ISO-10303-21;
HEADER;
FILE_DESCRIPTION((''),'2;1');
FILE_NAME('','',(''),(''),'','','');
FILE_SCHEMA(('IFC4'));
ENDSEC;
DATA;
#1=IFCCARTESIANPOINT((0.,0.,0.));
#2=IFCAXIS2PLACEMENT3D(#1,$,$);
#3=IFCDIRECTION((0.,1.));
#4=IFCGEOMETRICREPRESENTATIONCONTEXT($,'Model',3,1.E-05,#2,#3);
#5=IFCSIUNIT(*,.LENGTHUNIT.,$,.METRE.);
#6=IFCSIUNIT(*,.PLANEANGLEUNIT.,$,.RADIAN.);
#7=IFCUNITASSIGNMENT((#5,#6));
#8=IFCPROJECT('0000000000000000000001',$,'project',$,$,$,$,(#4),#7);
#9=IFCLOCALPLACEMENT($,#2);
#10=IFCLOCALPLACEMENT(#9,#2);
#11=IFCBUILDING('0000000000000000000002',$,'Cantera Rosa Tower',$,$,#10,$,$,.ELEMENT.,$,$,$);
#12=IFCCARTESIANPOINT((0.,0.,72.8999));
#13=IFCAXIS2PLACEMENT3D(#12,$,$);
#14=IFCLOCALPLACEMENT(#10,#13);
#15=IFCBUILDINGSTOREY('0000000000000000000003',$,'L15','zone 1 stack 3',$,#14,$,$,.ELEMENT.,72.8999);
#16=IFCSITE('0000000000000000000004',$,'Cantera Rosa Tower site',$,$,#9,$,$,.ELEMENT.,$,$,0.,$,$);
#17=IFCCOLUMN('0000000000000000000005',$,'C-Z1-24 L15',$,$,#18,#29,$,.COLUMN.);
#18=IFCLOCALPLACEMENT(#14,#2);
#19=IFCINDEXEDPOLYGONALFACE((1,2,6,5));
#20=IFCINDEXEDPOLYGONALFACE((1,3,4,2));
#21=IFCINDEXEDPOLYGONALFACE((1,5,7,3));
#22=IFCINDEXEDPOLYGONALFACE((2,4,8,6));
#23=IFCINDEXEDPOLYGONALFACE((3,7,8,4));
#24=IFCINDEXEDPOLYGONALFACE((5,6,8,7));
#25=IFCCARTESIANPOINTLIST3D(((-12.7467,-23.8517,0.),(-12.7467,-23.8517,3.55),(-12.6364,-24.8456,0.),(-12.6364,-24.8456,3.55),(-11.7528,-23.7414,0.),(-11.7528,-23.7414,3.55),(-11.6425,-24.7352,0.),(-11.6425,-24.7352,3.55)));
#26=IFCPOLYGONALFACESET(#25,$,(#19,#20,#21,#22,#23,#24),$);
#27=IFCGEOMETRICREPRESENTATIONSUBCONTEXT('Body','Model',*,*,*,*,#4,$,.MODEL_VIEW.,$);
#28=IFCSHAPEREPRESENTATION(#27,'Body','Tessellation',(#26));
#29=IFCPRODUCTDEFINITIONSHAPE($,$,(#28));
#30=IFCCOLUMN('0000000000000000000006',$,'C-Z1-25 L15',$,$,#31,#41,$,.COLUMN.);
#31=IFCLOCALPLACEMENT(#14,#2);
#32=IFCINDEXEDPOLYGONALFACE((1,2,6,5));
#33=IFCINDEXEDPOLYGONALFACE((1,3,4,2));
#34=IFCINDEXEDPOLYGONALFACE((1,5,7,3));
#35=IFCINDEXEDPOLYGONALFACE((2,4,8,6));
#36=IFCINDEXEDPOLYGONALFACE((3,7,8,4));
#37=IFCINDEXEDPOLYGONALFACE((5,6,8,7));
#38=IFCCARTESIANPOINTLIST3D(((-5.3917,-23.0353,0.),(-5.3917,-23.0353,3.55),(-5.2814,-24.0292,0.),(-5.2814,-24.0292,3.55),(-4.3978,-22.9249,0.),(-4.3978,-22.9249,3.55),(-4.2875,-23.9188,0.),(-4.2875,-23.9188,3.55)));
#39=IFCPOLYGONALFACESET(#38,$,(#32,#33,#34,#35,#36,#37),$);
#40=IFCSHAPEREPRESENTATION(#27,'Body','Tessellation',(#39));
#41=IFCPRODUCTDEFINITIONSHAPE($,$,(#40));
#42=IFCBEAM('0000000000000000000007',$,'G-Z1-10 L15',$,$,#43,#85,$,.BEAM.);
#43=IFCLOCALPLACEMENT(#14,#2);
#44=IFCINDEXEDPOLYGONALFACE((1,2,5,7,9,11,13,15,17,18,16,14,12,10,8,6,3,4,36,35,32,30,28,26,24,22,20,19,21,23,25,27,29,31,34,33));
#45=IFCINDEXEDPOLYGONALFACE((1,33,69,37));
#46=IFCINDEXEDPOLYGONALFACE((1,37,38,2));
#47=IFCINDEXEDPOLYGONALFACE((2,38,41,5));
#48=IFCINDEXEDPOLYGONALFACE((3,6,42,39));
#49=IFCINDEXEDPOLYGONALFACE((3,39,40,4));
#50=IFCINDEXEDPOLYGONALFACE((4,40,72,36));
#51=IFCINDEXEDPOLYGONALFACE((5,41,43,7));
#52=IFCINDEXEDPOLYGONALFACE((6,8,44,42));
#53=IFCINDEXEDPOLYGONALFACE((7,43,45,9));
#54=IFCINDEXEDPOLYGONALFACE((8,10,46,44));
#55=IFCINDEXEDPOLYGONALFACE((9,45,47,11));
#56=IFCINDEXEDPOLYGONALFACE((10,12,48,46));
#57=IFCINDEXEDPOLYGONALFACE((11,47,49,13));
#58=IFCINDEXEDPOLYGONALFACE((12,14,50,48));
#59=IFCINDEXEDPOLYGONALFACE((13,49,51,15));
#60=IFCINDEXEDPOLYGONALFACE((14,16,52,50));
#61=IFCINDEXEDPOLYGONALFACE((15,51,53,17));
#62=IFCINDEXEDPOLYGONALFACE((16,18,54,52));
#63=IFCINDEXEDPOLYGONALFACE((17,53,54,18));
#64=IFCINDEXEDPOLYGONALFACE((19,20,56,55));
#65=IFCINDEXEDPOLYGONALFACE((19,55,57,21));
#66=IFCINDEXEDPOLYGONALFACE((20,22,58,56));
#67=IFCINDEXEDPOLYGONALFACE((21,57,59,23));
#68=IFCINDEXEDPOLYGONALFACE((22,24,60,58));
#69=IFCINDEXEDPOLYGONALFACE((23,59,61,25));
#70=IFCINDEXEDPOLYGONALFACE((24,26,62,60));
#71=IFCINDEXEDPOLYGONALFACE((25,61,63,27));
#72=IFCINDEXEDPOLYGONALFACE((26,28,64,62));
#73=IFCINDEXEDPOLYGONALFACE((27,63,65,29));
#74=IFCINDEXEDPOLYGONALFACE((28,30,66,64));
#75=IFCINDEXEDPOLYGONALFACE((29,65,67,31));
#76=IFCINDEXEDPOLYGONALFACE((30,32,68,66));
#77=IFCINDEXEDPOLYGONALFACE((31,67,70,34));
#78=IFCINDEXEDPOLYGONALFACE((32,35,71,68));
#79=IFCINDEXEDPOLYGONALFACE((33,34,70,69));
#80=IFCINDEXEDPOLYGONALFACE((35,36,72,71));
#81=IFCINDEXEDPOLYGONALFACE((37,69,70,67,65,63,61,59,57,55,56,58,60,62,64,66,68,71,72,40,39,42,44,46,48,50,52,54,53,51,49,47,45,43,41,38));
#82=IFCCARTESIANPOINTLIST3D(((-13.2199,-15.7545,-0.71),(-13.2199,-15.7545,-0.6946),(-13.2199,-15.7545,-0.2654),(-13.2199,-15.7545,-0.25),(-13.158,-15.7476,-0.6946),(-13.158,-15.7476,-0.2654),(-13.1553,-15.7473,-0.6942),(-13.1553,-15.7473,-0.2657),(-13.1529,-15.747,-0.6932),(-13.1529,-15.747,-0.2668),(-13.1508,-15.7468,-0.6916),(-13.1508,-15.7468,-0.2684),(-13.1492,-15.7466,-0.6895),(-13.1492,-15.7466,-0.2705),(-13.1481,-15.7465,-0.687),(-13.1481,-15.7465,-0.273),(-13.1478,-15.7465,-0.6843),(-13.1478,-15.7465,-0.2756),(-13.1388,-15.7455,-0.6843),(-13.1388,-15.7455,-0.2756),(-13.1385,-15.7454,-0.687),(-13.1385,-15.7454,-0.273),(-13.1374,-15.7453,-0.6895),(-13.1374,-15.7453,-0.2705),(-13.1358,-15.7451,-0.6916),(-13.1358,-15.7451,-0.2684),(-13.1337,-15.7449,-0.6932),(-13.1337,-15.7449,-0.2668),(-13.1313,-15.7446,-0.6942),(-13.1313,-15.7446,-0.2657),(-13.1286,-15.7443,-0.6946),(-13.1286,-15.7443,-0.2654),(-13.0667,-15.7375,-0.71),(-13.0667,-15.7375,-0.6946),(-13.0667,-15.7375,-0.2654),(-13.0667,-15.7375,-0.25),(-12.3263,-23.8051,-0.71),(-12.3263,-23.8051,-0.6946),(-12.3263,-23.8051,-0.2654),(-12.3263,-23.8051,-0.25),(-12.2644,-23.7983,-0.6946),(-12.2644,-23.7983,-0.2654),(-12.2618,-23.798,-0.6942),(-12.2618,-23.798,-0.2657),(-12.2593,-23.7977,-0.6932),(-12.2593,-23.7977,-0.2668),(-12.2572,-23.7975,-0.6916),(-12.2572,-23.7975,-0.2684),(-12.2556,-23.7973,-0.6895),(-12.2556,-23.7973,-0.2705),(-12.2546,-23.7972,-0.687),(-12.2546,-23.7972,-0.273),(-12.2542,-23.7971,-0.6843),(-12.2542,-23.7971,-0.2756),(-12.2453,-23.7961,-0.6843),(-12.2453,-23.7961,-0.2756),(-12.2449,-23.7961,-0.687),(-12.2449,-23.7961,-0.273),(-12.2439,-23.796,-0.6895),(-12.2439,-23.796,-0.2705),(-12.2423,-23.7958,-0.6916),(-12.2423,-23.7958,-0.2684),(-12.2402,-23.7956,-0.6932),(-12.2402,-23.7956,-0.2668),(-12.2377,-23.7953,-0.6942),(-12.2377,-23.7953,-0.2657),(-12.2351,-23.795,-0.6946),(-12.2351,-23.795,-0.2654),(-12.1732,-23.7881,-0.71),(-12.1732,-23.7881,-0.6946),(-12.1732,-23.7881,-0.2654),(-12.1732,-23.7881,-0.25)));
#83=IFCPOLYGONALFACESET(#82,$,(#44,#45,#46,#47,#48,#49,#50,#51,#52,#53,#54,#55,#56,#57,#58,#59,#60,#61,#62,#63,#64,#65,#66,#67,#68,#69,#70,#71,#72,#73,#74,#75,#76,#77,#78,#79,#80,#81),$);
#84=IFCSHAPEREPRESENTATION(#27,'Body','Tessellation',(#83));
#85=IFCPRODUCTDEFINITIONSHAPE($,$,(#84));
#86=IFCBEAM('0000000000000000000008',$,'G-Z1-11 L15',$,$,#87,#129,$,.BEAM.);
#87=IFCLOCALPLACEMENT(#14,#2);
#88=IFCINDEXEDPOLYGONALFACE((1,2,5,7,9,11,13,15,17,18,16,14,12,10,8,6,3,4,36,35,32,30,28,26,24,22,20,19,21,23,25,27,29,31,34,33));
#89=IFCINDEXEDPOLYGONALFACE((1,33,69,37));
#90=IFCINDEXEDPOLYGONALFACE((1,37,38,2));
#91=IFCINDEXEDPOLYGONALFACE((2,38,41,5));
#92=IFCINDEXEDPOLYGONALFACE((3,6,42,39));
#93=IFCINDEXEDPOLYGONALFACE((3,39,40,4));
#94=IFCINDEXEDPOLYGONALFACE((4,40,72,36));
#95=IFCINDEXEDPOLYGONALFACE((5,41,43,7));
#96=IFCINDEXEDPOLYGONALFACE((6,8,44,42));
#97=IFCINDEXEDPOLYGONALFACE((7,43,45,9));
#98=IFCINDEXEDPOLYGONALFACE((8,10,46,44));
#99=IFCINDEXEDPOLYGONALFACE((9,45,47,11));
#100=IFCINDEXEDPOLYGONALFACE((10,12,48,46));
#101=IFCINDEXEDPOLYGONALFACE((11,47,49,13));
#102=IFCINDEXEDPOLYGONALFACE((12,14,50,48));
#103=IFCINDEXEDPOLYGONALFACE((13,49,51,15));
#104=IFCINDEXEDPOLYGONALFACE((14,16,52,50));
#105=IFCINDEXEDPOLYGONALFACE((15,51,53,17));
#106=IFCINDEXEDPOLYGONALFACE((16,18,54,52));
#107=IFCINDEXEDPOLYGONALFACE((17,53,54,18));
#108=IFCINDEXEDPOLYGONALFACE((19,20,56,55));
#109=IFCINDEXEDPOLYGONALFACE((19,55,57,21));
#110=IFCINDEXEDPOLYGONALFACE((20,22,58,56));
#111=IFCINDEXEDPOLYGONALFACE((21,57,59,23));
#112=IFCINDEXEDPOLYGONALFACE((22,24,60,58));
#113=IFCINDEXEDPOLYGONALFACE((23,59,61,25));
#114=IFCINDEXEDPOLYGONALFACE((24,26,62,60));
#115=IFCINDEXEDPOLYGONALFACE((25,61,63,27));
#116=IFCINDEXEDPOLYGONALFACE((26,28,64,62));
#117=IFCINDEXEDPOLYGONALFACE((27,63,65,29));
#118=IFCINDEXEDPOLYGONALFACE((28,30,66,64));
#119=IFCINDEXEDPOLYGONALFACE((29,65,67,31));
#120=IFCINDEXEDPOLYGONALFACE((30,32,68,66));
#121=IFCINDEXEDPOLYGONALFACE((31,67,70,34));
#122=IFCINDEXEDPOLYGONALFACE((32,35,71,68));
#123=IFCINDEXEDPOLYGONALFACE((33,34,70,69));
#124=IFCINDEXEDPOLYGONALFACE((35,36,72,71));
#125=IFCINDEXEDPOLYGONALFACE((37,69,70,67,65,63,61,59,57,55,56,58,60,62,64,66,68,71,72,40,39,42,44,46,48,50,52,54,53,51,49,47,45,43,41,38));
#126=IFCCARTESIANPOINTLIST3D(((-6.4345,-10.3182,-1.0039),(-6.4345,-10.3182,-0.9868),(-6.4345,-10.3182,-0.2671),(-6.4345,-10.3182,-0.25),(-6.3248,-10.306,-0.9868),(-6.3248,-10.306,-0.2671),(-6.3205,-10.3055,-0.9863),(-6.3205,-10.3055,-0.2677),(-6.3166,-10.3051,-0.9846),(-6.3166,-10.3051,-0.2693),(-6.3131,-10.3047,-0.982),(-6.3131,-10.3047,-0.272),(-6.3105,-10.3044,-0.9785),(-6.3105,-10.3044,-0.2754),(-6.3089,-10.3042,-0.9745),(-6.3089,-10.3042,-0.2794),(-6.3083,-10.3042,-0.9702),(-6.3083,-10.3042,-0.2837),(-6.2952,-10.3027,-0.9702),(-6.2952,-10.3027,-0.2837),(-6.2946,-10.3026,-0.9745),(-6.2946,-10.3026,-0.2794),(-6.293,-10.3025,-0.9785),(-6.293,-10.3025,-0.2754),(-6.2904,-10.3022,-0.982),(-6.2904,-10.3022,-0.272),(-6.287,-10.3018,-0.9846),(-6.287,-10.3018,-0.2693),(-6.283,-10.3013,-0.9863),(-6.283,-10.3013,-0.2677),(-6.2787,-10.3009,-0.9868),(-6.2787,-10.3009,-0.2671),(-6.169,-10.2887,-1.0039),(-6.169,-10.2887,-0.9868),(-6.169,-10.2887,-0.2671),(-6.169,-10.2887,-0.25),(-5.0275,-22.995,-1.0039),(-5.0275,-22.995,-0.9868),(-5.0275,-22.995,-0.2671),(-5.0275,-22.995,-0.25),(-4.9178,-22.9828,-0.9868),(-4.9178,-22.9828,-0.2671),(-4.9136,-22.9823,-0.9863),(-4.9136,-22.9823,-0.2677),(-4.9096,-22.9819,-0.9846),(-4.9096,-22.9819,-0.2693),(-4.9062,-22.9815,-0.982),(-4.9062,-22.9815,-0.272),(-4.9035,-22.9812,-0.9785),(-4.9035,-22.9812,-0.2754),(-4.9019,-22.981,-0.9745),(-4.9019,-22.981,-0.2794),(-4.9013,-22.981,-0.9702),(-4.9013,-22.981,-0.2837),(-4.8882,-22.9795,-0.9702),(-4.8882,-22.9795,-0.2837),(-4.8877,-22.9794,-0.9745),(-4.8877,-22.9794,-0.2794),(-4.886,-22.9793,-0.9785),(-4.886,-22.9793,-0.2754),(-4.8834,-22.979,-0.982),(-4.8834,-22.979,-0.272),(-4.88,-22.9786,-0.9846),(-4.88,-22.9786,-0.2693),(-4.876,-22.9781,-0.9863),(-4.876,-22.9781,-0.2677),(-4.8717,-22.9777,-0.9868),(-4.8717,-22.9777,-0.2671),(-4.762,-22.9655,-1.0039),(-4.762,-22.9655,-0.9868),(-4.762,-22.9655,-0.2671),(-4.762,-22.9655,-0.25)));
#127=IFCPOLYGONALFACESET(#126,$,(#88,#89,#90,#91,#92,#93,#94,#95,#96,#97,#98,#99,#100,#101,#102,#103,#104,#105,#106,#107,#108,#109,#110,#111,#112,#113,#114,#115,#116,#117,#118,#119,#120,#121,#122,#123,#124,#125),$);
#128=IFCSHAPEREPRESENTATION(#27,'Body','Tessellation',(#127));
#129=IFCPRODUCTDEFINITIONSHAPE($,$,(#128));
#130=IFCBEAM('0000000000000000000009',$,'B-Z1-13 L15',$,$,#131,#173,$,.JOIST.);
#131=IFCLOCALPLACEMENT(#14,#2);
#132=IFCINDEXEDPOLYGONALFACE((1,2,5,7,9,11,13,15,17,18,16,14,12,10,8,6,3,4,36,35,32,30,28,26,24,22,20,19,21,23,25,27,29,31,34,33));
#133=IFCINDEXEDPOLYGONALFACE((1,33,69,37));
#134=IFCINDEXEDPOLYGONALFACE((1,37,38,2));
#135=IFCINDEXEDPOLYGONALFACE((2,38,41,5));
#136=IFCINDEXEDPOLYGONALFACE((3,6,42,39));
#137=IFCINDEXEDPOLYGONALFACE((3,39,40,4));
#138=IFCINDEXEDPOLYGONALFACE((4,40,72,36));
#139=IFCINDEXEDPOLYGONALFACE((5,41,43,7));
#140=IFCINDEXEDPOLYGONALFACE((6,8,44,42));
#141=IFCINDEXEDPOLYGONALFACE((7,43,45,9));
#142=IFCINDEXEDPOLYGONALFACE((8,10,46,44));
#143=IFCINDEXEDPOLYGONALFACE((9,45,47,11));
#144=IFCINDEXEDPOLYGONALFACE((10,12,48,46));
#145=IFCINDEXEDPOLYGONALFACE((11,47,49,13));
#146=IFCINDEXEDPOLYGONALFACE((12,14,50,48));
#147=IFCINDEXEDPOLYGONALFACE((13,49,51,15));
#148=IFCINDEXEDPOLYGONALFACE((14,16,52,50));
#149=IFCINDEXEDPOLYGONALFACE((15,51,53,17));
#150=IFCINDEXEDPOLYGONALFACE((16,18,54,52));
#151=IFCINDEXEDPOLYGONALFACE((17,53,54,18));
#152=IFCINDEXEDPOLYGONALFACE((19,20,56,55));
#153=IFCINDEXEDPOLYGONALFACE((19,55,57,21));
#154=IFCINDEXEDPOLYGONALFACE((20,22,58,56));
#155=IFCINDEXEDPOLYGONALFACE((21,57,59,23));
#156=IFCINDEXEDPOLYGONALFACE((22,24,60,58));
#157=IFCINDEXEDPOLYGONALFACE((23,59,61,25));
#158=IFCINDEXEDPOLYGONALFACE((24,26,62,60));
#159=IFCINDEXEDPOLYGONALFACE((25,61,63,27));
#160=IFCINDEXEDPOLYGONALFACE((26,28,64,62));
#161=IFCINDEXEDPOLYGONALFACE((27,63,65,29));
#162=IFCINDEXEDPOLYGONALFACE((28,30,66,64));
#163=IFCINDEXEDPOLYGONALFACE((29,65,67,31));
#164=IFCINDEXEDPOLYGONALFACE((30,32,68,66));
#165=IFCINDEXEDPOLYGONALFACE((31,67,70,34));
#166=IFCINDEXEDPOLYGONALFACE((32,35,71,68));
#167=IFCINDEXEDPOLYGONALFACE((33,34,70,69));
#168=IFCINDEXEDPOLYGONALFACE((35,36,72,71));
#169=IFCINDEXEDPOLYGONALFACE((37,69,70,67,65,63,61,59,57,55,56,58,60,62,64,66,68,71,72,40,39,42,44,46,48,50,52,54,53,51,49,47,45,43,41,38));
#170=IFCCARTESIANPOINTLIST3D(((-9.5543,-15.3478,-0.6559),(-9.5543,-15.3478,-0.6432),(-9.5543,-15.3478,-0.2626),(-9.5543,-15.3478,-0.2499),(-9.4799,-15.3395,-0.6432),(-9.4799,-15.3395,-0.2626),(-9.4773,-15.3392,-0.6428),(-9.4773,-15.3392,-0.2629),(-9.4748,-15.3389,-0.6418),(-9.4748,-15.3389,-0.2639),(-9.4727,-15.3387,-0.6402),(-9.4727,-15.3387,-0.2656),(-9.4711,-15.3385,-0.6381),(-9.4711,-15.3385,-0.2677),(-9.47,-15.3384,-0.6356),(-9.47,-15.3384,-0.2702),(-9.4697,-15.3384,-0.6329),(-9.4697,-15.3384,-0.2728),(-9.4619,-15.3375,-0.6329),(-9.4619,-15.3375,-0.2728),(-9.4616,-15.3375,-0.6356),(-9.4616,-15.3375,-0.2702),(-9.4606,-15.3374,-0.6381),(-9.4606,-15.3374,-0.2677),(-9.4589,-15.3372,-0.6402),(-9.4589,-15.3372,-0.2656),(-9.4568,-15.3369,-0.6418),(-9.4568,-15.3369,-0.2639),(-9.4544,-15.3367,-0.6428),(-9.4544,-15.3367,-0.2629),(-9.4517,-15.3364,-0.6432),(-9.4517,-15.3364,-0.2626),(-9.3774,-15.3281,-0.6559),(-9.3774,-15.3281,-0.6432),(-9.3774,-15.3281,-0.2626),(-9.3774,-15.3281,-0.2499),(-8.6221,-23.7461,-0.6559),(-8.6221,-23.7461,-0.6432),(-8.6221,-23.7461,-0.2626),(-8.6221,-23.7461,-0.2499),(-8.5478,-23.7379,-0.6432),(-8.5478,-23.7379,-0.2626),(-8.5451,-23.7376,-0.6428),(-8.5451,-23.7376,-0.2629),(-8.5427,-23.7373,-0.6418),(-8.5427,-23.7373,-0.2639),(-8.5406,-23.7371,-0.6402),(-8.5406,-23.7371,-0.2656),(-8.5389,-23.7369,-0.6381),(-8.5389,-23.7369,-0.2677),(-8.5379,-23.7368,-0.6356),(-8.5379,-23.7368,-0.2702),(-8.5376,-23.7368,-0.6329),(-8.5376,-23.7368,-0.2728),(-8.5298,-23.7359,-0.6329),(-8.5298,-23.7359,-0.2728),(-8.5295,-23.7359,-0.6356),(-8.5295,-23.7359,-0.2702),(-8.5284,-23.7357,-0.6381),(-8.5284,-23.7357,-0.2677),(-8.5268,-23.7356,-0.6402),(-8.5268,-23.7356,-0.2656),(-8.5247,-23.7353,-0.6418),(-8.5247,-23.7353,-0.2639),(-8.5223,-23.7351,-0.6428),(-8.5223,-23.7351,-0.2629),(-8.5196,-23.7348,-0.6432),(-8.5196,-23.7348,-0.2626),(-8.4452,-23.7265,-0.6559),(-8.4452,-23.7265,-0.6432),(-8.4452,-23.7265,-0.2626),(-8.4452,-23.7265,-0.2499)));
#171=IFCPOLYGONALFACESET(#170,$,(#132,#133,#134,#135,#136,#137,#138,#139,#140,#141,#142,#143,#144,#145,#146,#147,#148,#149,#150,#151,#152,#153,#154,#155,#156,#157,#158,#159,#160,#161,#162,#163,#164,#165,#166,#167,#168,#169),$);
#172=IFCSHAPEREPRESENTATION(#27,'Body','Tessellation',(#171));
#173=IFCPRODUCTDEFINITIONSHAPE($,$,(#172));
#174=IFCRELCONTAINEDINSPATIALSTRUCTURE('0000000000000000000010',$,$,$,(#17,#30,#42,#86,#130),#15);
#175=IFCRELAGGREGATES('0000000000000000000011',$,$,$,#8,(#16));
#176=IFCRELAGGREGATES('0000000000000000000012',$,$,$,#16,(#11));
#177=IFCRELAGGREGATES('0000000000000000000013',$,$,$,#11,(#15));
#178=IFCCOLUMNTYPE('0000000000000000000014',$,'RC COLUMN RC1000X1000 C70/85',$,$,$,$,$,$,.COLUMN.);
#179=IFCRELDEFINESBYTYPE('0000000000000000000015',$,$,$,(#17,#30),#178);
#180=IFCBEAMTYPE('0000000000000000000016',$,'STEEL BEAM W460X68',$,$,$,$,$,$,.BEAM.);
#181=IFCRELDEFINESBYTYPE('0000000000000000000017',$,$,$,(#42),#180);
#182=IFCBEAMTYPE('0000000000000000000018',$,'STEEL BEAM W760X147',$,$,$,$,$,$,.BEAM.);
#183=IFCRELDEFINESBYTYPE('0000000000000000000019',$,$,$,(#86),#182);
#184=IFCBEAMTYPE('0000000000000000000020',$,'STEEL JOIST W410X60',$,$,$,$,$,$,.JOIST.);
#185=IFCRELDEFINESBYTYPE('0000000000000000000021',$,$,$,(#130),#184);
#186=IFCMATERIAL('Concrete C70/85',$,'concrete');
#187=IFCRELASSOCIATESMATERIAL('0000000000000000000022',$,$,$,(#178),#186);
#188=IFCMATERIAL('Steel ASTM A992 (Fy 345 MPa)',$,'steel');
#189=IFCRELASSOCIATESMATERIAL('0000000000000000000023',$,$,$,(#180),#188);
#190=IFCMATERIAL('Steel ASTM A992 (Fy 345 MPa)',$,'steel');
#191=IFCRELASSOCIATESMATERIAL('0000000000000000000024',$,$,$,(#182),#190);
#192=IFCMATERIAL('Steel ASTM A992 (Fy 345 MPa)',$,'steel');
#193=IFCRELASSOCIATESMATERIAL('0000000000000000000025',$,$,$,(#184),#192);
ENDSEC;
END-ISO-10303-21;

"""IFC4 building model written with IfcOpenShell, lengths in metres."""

from ifc_helpers import new_model, si_unit, direction, frame, origin, origin_2d, place, context, subcontext, project, spatial, rectangle, i_section, extrude, material, material_profile, profile_set, type_object, element, save


model = new_model("IFC4")

# Units and contexts
model_context = context("Model", 3, precision=1e-05, world=origin(), true_north=direction((0.0, 1.0)))
body_context = subcontext(model_context, "Body", "Model", "MODEL_VIEW")
ifc_project = project(units=[si_unit("LENGTHUNIT", "METRE"), si_unit("PLANEANGLEUNIT", "RADIAN")], contexts=[model_context])

# Site, building, storey
site_placement = place(None, origin())
site = spatial("IfcSite", under=ifc_project, at=site_placement, Name="Cantera Rosa Tower site", CompositionType="ELEMENT", RefElevation=0.0)
building_placement = place(site_placement, origin())
building = spatial("IfcBuilding", under=site, at=building_placement, Name="Cantera Rosa Tower", CompositionType="ELEMENT")
storey_placement = place(building_placement, frame((0.0, 0.0, 72.8999)))
storey = spatial("IfcBuildingStorey", under=building, at=storey_placement, Name="L15", Description="zone 1 stack 3", CompositionType="ELEMENT", Elevation=72.8999)

# Columns
ifc_material_1 = material(Name="Concrete C70/85", Category="concrete")
ifc_material_profile_1 = material_profile(ifc_material_1, rectangle(XDim=1.0, YDim=1.0, at=origin_2d()), Name="RC COLUMN RC1000X1000 C70/85")
ifc_profile_set_1 = profile_set([ifc_material_profile_1], Name="Concrete C70/85")
column_type = type_object("IfcColumnType", Name="RC COLUMN RC1000X1000 C70/85", PredefinedType="COLUMN", material=ifc_profile_set_1)
for number, where, z_axis, x_axis, name in (
    (1, (-12.1946, -24.2935, 0.0), (0.0, 0.0, 1.0), (0.993897, 0.110313, 0.0), "C-Z1-24 L15"),
    (2, (-4.8396, -23.4771, 0.0), (0.0, 0.0, 1.0), (0.993897, 0.110313, 0.0), "C-Z1-25 L15"),
):
    element("IfcColumn", number, at=place(storey_placement, frame(where, z_axis=z_axis, x_axis=x_axis)), inside=storey, type_object=column_type, Name=name, PredefinedType="COLUMN", context=body_context, shape_type="SweptSolid", body=[
        extrude(rectangle(XDim=1.0, YDim=1.0, at=origin_2d()), origin(), (0.0, 0.0, 1.0), 3.55),
    ])

# Beams
ifc_material_2 = material(Name="Steel ASTM A992 (Fy 345 MPa)", Category="steel")
ifc_material_profile_2 = material_profile(ifc_material_2, i_section(OverallWidth=0.1541, OverallDepth=0.46, WebThickness=0.009, FlangeThickness=0.0154, FilletRadius=0.0103, at=origin_2d()), Name="W460X68")
ifc_profile_set_2 = profile_set([ifc_material_profile_2], Name="Steel ASTM A992 (Fy 345 MPa)")
beam_type_1 = type_object("IfcBeamType", Name="STEEL BEAM W460X68", PredefinedType="BEAM", material=ifc_profile_set_2)
beam_1_placement = place(storey_placement, frame((-12.2498, -23.7966, -0.48), z_axis=(-0.110312, 0.993897, 0.0), x_axis=(-0.993897, -0.110312, 0.0)))
element("IfcBeam", 3, at=beam_1_placement, inside=storey, type_object=beam_type_1, Name="G-Z1-10 L15", PredefinedType="BEAM", context=body_context, shape_type="SweptSolid", body=[
    extrude(i_section(OverallWidth=0.1541, OverallDepth=0.46, WebThickness=0.009, FlangeThickness=0.0154, FilletRadius=0.0103, at=origin_2d()), origin(), (0.0, 0.0, 1.0), 8.1001),
])
ifc_material_3 = material(Name="Steel ASTM A992 (Fy 345 MPa)", Category="steel")
ifc_material_profile_3 = material_profile(ifc_material_3, i_section(OverallWidth=0.2671, OverallDepth=0.7539, WebThickness=0.0132, FlangeThickness=0.0171, FilletRadius=0.0166, at=origin_2d()), Name="W760X147")
ifc_profile_set_3 = profile_set([ifc_material_profile_3], Name="Steel ASTM A992 (Fy 345 MPa)")
beam_type_2 = type_object("IfcBeamType", Name="STEEL BEAM W760X147", PredefinedType="BEAM", material=ifc_profile_set_3)
beam_2_placement = place(storey_placement, frame((-4.8948, -22.9802, -0.627), z_axis=(-0.110312, 0.993897, 0.0), x_axis=(-0.993897, -0.110312, 0.0)))
element("IfcBeam", 4, at=beam_2_placement, inside=storey, type_object=beam_type_2, Name="G-Z1-11 L15", PredefinedType="BEAM", context=body_context, shape_type="SweptSolid", body=[
    extrude(i_section(OverallWidth=0.2671, OverallDepth=0.7539, WebThickness=0.0132, FlangeThickness=0.0171, FilletRadius=0.0166, at=origin_2d()), origin(), (0.0, 0.0, 1.0), 12.7546),
])
ifc_material_4 = material(Name="Steel ASTM A992 (Fy 345 MPa)", Category="steel")
ifc_material_profile_4 = material_profile(ifc_material_4, i_section(OverallWidth=0.178, OverallDepth=0.406, WebThickness=0.0078, FlangeThickness=0.0127, FilletRadius=0.0103, at=origin_2d()), Name="W410X60")
ifc_profile_set_4 = profile_set([ifc_material_profile_4], Name="Steel ASTM A992 (Fy 345 MPa)")
beam_type_3 = type_object("IfcBeamType", Name="STEEL JOIST W410X60", PredefinedType="JOIST", material=ifc_profile_set_4)
beam_3_placement = place(storey_placement, frame((-8.5337, -23.7363, -0.4529), z_axis=(-0.110311, 0.993897, 0.0), x_axis=(-0.993897, -0.110311, 0.0)))
element("IfcBeam", 5, at=beam_3_placement, inside=storey, type_object=beam_type_3, Name="B-Z1-13 L15", PredefinedType="JOIST", context=body_context, shape_type="SweptSolid", body=[
    extrude(i_section(OverallWidth=0.178, OverallDepth=0.406, WebThickness=0.0078, FlangeThickness=0.0127, FilletRadius=0.0103, at=origin_2d()), origin(), (0.0, 0.0, 1.0), 8.45),
])

save(model, "model.ifc")
